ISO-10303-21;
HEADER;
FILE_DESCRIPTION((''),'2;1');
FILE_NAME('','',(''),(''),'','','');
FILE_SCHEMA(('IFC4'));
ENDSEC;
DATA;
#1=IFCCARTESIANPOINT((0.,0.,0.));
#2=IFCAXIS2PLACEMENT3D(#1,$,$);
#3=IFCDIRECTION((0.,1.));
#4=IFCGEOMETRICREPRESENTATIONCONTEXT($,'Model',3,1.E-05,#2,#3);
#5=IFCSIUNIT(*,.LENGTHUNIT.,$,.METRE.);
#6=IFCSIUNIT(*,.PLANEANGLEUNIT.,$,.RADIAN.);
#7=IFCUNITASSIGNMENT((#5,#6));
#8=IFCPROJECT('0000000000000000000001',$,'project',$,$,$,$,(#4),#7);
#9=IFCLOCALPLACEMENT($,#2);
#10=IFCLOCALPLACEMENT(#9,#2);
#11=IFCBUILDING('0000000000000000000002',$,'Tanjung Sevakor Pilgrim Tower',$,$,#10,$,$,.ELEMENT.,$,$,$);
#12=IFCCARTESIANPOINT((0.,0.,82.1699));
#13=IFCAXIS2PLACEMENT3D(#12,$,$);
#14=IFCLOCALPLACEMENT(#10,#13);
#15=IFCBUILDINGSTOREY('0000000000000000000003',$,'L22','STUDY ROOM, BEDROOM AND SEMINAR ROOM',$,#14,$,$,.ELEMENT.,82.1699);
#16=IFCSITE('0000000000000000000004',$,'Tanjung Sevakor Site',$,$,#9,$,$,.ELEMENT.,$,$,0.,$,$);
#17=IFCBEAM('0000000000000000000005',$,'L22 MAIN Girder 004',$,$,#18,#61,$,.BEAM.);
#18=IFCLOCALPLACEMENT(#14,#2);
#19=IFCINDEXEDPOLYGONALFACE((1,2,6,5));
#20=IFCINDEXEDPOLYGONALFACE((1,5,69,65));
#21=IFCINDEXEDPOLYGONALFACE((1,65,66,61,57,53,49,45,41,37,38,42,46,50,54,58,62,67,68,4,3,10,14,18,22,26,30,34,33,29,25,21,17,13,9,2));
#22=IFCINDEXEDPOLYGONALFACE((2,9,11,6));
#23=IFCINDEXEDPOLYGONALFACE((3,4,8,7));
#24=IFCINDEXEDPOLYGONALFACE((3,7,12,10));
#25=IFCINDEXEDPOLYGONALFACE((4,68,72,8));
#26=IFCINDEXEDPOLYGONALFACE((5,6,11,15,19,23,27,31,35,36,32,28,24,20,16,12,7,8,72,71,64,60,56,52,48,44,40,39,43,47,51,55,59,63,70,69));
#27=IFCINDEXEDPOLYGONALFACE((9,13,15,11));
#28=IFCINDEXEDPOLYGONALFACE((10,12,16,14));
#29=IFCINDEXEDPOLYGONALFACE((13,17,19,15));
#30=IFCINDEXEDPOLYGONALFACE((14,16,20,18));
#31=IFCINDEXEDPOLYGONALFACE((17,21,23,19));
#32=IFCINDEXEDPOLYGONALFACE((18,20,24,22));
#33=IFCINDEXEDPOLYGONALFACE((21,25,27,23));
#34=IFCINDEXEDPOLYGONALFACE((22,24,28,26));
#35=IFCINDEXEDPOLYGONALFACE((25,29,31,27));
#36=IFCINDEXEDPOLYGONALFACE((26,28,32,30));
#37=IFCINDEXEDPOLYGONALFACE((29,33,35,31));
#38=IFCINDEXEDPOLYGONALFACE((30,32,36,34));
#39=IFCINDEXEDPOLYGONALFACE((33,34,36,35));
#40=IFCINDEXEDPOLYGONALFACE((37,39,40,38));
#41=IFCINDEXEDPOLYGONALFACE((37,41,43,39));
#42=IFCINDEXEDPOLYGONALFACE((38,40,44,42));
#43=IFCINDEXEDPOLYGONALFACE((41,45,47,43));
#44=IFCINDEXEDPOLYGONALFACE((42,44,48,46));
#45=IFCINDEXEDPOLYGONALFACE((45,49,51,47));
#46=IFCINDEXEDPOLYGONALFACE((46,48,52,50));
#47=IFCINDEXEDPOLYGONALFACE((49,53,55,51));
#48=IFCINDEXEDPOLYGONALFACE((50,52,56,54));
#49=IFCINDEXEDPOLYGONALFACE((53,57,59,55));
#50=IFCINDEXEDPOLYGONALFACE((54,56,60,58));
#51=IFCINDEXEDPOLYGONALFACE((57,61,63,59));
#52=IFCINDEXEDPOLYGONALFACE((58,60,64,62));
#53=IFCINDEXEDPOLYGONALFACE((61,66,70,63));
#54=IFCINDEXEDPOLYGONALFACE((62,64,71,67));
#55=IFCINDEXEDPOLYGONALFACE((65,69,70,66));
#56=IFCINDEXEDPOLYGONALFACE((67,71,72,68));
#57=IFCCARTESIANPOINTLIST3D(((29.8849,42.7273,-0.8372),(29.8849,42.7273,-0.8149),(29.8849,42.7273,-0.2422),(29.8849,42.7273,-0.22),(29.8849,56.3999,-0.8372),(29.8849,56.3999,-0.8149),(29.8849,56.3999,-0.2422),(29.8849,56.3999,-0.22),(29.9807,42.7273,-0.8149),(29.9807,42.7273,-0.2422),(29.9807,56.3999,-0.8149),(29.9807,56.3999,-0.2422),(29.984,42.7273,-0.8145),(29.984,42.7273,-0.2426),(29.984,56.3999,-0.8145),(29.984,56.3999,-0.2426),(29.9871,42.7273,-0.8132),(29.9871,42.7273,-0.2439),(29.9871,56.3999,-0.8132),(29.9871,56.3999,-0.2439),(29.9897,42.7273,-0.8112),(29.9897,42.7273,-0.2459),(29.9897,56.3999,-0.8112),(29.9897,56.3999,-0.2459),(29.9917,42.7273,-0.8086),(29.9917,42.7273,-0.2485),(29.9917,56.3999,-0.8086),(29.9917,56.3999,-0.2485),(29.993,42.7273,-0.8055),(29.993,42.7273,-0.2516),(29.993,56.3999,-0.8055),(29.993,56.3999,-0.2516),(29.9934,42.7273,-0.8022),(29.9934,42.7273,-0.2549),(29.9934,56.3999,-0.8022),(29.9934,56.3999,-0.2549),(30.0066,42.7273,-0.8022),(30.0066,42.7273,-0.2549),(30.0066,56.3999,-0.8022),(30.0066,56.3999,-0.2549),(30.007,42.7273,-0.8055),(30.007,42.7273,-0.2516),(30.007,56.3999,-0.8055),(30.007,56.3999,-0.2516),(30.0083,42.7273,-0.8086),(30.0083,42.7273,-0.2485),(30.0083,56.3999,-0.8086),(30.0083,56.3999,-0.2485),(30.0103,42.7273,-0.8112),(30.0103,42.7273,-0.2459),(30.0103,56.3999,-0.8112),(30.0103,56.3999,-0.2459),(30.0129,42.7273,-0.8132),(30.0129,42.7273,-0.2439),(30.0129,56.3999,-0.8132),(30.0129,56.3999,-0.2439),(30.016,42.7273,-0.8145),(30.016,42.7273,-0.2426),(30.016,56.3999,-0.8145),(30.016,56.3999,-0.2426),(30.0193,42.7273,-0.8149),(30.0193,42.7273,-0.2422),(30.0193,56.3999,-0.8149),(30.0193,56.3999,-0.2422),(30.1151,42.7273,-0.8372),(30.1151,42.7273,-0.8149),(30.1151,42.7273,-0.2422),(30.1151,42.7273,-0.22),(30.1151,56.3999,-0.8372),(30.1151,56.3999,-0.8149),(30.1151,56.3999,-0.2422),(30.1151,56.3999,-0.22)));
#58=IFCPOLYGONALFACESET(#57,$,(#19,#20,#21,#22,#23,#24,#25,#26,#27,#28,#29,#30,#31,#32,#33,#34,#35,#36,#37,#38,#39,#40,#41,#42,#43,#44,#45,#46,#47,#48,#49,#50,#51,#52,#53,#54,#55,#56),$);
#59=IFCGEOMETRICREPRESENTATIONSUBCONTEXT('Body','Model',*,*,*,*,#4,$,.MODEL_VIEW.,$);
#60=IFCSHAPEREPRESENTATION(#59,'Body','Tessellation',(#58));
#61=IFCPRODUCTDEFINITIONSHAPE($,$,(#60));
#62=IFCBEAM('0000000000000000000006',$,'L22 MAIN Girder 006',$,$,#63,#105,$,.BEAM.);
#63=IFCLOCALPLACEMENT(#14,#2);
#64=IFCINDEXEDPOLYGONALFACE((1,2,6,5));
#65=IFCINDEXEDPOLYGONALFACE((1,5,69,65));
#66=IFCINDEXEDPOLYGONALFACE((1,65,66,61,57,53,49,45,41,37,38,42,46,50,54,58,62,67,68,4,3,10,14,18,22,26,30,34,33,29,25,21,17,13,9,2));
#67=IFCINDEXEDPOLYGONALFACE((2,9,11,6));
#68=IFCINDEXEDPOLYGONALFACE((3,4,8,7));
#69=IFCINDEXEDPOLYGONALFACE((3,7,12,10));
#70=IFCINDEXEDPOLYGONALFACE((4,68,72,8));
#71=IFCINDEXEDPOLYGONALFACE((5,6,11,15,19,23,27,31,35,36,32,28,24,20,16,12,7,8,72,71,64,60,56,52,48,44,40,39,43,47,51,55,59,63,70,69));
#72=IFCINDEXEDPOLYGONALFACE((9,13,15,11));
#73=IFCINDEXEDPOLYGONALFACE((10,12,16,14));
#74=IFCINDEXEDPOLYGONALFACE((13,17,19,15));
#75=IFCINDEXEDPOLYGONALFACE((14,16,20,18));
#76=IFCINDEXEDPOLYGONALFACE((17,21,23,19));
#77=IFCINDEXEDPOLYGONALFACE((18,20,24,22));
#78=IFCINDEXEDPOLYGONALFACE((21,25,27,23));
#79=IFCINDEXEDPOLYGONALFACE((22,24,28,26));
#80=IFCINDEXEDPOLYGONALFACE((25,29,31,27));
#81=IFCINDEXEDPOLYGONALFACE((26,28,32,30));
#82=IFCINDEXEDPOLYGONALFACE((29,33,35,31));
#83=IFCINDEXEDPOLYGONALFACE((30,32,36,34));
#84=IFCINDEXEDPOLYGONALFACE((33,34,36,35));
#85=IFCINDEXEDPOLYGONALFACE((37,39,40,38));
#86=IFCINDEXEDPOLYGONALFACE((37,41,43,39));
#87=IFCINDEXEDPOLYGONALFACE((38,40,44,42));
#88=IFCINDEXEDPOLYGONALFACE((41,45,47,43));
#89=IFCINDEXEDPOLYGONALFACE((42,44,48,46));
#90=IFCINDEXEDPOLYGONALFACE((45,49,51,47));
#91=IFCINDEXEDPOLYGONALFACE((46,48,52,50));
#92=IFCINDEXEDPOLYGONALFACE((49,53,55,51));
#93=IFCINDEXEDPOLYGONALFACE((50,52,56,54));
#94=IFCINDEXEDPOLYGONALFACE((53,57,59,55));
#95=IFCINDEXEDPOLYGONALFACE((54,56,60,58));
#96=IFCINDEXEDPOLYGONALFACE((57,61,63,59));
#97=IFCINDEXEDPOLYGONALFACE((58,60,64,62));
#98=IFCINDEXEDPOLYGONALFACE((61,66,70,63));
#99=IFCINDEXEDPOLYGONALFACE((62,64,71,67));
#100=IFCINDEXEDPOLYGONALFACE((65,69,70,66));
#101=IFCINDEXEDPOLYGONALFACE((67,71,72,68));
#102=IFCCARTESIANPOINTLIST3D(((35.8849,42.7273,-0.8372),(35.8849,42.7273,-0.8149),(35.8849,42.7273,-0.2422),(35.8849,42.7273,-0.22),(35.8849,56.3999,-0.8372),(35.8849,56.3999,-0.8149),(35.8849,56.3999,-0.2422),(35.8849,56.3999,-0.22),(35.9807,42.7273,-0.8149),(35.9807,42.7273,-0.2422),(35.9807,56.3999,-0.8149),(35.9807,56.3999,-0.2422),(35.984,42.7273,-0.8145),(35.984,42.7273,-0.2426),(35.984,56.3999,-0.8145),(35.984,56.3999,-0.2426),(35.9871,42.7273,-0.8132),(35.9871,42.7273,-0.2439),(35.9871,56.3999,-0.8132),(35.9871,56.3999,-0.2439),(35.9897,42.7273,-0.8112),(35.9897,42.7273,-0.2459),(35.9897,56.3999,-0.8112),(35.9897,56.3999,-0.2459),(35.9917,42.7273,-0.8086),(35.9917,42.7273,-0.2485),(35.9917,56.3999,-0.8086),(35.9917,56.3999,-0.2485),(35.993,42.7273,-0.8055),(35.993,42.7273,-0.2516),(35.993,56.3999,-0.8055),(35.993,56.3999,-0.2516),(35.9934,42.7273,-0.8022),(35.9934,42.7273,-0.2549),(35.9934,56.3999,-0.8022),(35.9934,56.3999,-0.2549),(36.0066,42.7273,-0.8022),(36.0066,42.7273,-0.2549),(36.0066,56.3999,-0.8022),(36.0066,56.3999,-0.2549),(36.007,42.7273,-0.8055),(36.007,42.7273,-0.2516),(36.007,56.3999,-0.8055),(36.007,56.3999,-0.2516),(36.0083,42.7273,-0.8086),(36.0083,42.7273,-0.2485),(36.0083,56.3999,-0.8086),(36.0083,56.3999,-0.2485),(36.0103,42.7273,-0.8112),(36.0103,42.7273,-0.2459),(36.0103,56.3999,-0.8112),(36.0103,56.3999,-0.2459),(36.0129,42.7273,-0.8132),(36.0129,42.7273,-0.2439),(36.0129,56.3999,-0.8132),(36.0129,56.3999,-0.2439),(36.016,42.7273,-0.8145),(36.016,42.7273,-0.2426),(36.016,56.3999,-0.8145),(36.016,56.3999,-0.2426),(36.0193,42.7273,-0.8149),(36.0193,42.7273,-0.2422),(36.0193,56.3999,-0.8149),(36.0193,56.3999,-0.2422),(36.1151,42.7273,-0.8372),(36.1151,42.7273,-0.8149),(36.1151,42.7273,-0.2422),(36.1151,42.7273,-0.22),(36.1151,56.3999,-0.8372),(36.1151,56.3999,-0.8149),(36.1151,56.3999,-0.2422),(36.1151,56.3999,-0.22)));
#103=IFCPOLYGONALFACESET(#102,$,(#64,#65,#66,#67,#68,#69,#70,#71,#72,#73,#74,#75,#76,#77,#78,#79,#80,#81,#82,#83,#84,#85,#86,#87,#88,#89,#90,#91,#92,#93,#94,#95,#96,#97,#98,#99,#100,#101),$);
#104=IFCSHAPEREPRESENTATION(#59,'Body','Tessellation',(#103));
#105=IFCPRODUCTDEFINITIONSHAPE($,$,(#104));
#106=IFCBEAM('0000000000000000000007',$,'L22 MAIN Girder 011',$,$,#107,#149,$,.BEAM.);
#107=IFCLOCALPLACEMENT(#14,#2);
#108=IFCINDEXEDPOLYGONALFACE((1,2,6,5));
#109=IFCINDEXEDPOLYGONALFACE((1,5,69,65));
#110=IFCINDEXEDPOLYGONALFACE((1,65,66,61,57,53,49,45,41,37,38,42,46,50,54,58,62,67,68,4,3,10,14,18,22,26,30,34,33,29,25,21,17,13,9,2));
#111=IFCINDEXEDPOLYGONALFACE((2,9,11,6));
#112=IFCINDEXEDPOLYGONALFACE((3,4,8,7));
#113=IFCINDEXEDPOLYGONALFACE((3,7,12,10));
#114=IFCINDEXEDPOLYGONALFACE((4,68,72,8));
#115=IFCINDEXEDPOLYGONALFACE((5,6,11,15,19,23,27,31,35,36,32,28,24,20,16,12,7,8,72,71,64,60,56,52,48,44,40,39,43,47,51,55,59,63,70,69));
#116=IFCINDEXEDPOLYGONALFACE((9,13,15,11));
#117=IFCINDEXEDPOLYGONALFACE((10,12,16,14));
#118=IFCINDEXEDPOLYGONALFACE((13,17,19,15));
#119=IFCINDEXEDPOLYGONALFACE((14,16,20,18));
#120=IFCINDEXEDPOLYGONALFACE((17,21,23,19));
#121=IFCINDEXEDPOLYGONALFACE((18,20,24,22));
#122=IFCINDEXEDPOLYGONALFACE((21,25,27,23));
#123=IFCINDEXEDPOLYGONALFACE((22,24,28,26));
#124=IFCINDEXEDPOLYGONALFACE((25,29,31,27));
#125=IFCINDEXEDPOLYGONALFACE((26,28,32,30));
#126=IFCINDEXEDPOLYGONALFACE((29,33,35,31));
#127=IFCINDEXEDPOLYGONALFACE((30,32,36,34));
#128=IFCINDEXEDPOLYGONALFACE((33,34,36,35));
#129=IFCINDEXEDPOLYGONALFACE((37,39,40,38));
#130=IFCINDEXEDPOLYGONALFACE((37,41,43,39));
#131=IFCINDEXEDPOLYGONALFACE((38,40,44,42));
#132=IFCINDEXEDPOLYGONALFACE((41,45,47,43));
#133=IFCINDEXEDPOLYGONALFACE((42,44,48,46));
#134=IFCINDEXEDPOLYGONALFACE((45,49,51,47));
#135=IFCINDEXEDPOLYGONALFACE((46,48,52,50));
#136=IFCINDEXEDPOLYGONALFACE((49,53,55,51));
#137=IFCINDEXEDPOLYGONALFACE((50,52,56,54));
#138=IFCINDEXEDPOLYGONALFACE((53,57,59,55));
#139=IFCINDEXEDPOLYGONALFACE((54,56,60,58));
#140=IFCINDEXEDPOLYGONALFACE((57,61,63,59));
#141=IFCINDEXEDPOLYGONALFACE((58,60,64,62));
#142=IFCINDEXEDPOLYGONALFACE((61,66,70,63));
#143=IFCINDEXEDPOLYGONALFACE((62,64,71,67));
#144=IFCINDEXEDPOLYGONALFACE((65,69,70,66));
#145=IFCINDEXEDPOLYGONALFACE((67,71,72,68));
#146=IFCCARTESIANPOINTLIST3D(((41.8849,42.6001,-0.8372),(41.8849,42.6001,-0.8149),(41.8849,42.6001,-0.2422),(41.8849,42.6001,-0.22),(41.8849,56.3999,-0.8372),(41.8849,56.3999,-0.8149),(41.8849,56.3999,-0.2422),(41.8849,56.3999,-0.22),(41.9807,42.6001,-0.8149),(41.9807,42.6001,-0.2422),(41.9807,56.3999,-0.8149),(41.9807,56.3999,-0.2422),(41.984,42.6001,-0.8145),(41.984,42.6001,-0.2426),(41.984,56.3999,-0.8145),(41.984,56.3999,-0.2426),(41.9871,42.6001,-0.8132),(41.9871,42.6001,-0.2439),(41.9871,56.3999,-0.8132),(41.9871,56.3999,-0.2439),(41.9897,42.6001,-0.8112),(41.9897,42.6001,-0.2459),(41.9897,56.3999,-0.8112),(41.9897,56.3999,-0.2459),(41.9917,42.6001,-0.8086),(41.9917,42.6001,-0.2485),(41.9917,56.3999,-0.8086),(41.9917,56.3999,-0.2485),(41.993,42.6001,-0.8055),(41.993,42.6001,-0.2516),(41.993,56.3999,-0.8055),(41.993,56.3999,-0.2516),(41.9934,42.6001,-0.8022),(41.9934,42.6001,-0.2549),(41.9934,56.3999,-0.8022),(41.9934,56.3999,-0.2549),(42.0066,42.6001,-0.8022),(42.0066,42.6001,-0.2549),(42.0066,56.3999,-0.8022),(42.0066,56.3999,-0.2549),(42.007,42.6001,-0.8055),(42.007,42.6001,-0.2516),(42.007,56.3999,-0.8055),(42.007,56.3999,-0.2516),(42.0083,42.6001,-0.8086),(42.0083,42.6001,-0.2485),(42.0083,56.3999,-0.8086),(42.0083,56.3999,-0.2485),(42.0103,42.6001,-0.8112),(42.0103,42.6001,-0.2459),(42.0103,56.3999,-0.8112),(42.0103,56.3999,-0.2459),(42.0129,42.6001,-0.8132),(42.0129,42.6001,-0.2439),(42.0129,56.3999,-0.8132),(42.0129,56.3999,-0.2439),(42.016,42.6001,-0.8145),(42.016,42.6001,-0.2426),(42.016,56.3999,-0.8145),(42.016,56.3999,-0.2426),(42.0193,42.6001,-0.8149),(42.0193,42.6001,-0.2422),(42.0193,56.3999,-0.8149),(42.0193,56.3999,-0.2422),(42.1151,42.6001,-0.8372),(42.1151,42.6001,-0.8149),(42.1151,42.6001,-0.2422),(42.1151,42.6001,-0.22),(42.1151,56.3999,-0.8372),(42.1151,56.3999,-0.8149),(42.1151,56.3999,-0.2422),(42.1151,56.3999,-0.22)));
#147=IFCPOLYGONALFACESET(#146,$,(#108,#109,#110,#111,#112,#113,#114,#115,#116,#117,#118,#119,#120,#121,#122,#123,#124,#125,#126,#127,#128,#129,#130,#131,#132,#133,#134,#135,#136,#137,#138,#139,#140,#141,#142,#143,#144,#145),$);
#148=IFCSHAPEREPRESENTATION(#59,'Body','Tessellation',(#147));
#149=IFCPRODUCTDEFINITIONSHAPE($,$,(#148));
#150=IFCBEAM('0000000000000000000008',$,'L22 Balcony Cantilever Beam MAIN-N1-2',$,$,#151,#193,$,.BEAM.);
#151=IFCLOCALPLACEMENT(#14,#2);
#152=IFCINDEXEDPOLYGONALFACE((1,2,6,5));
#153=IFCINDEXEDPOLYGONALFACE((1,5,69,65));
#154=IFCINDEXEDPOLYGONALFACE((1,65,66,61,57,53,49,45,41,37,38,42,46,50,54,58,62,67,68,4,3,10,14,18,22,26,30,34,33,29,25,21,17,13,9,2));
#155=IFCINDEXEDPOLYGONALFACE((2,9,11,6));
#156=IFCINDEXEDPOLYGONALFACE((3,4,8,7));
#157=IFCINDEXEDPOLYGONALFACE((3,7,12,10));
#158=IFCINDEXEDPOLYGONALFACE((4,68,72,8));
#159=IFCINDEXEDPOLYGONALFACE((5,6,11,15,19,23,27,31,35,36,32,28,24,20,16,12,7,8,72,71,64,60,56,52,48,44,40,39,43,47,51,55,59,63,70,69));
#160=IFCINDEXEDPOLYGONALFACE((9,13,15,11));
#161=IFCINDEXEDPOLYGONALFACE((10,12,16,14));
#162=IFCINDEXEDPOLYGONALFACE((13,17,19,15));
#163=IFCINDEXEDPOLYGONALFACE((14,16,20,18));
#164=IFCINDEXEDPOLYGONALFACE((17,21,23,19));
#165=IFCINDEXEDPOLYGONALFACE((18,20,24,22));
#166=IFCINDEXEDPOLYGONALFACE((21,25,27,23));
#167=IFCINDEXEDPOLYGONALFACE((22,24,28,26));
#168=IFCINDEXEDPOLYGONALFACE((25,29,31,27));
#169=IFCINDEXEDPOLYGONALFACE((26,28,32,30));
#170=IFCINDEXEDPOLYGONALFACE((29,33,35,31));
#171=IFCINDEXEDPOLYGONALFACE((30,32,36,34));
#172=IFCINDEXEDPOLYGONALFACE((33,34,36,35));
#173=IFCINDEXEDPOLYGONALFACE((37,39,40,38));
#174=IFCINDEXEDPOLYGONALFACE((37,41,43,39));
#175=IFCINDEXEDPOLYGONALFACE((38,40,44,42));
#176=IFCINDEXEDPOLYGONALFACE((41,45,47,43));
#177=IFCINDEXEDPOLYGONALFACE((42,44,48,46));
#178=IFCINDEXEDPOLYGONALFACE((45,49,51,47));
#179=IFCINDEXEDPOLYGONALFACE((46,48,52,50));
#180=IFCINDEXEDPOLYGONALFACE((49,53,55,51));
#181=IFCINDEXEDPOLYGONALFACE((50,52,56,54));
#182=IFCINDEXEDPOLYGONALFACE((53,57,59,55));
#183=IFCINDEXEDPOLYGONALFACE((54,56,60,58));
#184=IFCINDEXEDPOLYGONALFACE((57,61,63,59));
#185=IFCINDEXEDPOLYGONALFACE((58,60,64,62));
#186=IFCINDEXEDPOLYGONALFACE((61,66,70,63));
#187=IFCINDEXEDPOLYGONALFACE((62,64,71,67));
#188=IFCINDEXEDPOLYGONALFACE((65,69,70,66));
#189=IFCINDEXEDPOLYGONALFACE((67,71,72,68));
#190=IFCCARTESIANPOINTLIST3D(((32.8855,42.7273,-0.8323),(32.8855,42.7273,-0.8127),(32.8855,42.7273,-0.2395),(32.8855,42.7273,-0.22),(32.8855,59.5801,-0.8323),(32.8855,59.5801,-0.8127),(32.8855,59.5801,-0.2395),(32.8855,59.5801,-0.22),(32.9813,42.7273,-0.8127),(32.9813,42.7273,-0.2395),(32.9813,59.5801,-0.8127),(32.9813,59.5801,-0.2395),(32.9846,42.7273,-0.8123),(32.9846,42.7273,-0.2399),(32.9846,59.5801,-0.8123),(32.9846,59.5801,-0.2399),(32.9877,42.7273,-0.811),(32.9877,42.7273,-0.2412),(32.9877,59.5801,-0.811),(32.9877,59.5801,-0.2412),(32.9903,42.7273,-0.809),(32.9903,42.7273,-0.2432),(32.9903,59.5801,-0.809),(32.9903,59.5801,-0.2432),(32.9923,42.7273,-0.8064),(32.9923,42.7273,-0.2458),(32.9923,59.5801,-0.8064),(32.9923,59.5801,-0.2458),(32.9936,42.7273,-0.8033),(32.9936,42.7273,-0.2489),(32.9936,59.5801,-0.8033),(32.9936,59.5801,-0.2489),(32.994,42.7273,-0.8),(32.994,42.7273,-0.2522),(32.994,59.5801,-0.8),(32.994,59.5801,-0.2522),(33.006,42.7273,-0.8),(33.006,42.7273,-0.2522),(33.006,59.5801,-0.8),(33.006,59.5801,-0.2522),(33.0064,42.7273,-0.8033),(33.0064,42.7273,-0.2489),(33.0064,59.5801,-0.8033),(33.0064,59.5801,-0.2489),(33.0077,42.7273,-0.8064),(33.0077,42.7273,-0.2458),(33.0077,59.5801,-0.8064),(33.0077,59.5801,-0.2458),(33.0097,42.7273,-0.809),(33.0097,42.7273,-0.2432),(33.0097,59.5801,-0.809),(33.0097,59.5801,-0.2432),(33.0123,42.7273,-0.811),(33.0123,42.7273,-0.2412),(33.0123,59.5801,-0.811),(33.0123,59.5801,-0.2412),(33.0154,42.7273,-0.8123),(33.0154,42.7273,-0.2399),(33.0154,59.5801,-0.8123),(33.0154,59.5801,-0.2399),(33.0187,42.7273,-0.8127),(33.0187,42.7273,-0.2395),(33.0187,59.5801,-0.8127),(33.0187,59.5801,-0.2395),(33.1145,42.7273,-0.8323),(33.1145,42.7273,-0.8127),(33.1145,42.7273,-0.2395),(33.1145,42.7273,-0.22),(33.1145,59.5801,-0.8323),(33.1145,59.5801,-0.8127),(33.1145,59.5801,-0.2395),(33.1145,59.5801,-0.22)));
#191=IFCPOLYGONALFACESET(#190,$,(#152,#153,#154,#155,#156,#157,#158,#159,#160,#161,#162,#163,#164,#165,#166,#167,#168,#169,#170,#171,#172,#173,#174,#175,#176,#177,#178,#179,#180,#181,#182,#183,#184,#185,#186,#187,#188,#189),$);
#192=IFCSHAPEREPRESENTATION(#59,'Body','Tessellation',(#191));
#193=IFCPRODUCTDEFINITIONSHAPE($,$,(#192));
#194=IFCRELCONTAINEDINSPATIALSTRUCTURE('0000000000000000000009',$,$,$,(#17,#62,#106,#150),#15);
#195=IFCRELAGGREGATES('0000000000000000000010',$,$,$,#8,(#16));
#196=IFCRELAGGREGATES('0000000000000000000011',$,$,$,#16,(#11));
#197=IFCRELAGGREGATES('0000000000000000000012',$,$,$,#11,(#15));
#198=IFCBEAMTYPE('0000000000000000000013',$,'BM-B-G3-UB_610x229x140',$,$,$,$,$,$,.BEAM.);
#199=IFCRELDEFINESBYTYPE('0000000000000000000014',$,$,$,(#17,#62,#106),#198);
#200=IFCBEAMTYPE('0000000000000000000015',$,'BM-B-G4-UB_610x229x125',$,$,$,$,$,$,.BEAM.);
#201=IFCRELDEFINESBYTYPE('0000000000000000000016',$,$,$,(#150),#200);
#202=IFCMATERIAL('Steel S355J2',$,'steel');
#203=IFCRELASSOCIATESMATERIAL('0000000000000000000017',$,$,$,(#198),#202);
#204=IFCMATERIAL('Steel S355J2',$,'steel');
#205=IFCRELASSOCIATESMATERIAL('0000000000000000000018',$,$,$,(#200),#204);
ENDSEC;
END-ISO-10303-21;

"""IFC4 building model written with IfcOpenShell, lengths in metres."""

from ifc_helpers import new_model, si_unit, direction, frame, origin, origin_2d, place, context, subcontext, project, spatial, i_section, extrude, material, material_profile, profile_set, type_object, element, save


model = new_model("IFC4")

# Units and contexts
model_context = context("Model", 3, precision=1e-05, world=origin(), true_north=direction((0.0, 1.0)))
body_context = subcontext(model_context, "Body", "Model", "MODEL_VIEW")
ifc_project = project(units=[si_unit("LENGTHUNIT", "METRE"), si_unit("PLANEANGLEUNIT", "RADIAN")], contexts=[model_context])

# Site, building, storey
site_placement = place(None, origin())
site = spatial("IfcSite", under=ifc_project, at=site_placement, Name="Tanjung Sevakor Site", CompositionType="ELEMENT", RefElevation=0.0)
building_placement = place(site_placement, origin())
building = spatial("IfcBuilding", under=site, at=building_placement, Name="Tanjung Sevakor Pilgrim Tower", CompositionType="ELEMENT")
storey_placement = place(building_placement, frame((0.0, 0.0, 82.1699)))
storey = spatial("IfcBuildingStorey", under=building, at=storey_placement, Name="L22", Description="STUDY ROOM, BEDROOM AND SEMINAR ROOM", CompositionType="ELEMENT", Elevation=82.1699)

# Beams
ifc_material_1 = material(Name="Steel S355J2", Category="steel")
ifc_material_profile_1 = material_profile(ifc_material_1, i_section(OverallWidth=0.2302, OverallDepth=0.6172, WebThickness=0.0132, FlangeThickness=0.0222, FilletRadius=0.0127, at=origin_2d()))
ifc_profile_set_1 = profile_set([ifc_material_profile_1], Name="Steel S355J2")
beam_type_1 = type_object("IfcBeamType", Name="BM-B-G3-UB_610x229x140", PredefinedType="BEAM", material=ifc_profile_set_1)
for number, where, z_axis, x_axis, name in (
    (1, (30.0, 42.7273, -0.5286), (0.0, 1.0, 0.0), (-1.0, 0.0, 0.0), "L22 MAIN Girder 004"),
    (2, (36.0, 42.7273, -0.5286), (0.0, 1.0, 0.0), (-1.0, 0.0, 0.0), "L22 MAIN Girder 006"),
):
    element("IfcBeam", number, at=place(storey_placement, frame(where, z_axis=z_axis, x_axis=x_axis)), inside=storey, type_object=beam_type_1, Name=name, PredefinedType="BEAM", context=body_context, shape_type="SweptSolid", body=[
        extrude(i_section(OverallWidth=0.2302, OverallDepth=0.6172, WebThickness=0.0132, FlangeThickness=0.0222, FilletRadius=0.0127, at=origin_2d()), origin(), (0.0, 0.0, 1.0), 13.6726),
    ])
beam_1_placement = place(storey_placement, frame((42.0, 42.6001, -0.5286), z_axis=(0.0, 1.0, 0.0), x_axis=(-1.0, 0.0, 0.0)))
element("IfcBeam", 3, at=beam_1_placement, inside=storey, type_object=beam_type_1, Name="L22 MAIN Girder 011", PredefinedType="BEAM", context=body_context, shape_type="SweptSolid", body=[
    extrude(i_section(OverallWidth=0.2302, OverallDepth=0.6172, WebThickness=0.0132, FlangeThickness=0.0222, FilletRadius=0.0127, at=origin_2d()), origin(), (0.0, 0.0, 1.0), 13.7998),
])
ifc_material_2 = material(Name="Steel S355J2", Category="steel")
ifc_material_profile_2 = material_profile(ifc_material_2, i_section(OverallWidth=0.229, OverallDepth=0.6123, WebThickness=0.012, FlangeThickness=0.0195, FilletRadius=0.0127, at=origin_2d()))
ifc_profile_set_2 = profile_set([ifc_material_profile_2], Name="Steel S355J2")
beam_type_2 = type_object("IfcBeamType", Name="BM-B-G4-UB_610x229x125", PredefinedType="BEAM", material=ifc_profile_set_2)
beam_2_placement = place(storey_placement, frame((33.0, 42.7273, -0.5261), z_axis=(0.0, 1.0, 0.0), x_axis=(-1.0, 0.0, 0.0)))
element("IfcBeam", 4, at=beam_2_placement, inside=storey, type_object=beam_type_2, Name="L22 Balcony Cantilever Beam MAIN-N1-2", PredefinedType="BEAM", context=body_context, shape_type="SweptSolid", body=[
    extrude(i_section(OverallWidth=0.229, OverallDepth=0.6123, WebThickness=0.012, FlangeThickness=0.0195, FilletRadius=0.0127, at=origin_2d()), origin(), (0.0, 0.0, 1.0), 16.8528),
])

save(model, "model.ifc")
